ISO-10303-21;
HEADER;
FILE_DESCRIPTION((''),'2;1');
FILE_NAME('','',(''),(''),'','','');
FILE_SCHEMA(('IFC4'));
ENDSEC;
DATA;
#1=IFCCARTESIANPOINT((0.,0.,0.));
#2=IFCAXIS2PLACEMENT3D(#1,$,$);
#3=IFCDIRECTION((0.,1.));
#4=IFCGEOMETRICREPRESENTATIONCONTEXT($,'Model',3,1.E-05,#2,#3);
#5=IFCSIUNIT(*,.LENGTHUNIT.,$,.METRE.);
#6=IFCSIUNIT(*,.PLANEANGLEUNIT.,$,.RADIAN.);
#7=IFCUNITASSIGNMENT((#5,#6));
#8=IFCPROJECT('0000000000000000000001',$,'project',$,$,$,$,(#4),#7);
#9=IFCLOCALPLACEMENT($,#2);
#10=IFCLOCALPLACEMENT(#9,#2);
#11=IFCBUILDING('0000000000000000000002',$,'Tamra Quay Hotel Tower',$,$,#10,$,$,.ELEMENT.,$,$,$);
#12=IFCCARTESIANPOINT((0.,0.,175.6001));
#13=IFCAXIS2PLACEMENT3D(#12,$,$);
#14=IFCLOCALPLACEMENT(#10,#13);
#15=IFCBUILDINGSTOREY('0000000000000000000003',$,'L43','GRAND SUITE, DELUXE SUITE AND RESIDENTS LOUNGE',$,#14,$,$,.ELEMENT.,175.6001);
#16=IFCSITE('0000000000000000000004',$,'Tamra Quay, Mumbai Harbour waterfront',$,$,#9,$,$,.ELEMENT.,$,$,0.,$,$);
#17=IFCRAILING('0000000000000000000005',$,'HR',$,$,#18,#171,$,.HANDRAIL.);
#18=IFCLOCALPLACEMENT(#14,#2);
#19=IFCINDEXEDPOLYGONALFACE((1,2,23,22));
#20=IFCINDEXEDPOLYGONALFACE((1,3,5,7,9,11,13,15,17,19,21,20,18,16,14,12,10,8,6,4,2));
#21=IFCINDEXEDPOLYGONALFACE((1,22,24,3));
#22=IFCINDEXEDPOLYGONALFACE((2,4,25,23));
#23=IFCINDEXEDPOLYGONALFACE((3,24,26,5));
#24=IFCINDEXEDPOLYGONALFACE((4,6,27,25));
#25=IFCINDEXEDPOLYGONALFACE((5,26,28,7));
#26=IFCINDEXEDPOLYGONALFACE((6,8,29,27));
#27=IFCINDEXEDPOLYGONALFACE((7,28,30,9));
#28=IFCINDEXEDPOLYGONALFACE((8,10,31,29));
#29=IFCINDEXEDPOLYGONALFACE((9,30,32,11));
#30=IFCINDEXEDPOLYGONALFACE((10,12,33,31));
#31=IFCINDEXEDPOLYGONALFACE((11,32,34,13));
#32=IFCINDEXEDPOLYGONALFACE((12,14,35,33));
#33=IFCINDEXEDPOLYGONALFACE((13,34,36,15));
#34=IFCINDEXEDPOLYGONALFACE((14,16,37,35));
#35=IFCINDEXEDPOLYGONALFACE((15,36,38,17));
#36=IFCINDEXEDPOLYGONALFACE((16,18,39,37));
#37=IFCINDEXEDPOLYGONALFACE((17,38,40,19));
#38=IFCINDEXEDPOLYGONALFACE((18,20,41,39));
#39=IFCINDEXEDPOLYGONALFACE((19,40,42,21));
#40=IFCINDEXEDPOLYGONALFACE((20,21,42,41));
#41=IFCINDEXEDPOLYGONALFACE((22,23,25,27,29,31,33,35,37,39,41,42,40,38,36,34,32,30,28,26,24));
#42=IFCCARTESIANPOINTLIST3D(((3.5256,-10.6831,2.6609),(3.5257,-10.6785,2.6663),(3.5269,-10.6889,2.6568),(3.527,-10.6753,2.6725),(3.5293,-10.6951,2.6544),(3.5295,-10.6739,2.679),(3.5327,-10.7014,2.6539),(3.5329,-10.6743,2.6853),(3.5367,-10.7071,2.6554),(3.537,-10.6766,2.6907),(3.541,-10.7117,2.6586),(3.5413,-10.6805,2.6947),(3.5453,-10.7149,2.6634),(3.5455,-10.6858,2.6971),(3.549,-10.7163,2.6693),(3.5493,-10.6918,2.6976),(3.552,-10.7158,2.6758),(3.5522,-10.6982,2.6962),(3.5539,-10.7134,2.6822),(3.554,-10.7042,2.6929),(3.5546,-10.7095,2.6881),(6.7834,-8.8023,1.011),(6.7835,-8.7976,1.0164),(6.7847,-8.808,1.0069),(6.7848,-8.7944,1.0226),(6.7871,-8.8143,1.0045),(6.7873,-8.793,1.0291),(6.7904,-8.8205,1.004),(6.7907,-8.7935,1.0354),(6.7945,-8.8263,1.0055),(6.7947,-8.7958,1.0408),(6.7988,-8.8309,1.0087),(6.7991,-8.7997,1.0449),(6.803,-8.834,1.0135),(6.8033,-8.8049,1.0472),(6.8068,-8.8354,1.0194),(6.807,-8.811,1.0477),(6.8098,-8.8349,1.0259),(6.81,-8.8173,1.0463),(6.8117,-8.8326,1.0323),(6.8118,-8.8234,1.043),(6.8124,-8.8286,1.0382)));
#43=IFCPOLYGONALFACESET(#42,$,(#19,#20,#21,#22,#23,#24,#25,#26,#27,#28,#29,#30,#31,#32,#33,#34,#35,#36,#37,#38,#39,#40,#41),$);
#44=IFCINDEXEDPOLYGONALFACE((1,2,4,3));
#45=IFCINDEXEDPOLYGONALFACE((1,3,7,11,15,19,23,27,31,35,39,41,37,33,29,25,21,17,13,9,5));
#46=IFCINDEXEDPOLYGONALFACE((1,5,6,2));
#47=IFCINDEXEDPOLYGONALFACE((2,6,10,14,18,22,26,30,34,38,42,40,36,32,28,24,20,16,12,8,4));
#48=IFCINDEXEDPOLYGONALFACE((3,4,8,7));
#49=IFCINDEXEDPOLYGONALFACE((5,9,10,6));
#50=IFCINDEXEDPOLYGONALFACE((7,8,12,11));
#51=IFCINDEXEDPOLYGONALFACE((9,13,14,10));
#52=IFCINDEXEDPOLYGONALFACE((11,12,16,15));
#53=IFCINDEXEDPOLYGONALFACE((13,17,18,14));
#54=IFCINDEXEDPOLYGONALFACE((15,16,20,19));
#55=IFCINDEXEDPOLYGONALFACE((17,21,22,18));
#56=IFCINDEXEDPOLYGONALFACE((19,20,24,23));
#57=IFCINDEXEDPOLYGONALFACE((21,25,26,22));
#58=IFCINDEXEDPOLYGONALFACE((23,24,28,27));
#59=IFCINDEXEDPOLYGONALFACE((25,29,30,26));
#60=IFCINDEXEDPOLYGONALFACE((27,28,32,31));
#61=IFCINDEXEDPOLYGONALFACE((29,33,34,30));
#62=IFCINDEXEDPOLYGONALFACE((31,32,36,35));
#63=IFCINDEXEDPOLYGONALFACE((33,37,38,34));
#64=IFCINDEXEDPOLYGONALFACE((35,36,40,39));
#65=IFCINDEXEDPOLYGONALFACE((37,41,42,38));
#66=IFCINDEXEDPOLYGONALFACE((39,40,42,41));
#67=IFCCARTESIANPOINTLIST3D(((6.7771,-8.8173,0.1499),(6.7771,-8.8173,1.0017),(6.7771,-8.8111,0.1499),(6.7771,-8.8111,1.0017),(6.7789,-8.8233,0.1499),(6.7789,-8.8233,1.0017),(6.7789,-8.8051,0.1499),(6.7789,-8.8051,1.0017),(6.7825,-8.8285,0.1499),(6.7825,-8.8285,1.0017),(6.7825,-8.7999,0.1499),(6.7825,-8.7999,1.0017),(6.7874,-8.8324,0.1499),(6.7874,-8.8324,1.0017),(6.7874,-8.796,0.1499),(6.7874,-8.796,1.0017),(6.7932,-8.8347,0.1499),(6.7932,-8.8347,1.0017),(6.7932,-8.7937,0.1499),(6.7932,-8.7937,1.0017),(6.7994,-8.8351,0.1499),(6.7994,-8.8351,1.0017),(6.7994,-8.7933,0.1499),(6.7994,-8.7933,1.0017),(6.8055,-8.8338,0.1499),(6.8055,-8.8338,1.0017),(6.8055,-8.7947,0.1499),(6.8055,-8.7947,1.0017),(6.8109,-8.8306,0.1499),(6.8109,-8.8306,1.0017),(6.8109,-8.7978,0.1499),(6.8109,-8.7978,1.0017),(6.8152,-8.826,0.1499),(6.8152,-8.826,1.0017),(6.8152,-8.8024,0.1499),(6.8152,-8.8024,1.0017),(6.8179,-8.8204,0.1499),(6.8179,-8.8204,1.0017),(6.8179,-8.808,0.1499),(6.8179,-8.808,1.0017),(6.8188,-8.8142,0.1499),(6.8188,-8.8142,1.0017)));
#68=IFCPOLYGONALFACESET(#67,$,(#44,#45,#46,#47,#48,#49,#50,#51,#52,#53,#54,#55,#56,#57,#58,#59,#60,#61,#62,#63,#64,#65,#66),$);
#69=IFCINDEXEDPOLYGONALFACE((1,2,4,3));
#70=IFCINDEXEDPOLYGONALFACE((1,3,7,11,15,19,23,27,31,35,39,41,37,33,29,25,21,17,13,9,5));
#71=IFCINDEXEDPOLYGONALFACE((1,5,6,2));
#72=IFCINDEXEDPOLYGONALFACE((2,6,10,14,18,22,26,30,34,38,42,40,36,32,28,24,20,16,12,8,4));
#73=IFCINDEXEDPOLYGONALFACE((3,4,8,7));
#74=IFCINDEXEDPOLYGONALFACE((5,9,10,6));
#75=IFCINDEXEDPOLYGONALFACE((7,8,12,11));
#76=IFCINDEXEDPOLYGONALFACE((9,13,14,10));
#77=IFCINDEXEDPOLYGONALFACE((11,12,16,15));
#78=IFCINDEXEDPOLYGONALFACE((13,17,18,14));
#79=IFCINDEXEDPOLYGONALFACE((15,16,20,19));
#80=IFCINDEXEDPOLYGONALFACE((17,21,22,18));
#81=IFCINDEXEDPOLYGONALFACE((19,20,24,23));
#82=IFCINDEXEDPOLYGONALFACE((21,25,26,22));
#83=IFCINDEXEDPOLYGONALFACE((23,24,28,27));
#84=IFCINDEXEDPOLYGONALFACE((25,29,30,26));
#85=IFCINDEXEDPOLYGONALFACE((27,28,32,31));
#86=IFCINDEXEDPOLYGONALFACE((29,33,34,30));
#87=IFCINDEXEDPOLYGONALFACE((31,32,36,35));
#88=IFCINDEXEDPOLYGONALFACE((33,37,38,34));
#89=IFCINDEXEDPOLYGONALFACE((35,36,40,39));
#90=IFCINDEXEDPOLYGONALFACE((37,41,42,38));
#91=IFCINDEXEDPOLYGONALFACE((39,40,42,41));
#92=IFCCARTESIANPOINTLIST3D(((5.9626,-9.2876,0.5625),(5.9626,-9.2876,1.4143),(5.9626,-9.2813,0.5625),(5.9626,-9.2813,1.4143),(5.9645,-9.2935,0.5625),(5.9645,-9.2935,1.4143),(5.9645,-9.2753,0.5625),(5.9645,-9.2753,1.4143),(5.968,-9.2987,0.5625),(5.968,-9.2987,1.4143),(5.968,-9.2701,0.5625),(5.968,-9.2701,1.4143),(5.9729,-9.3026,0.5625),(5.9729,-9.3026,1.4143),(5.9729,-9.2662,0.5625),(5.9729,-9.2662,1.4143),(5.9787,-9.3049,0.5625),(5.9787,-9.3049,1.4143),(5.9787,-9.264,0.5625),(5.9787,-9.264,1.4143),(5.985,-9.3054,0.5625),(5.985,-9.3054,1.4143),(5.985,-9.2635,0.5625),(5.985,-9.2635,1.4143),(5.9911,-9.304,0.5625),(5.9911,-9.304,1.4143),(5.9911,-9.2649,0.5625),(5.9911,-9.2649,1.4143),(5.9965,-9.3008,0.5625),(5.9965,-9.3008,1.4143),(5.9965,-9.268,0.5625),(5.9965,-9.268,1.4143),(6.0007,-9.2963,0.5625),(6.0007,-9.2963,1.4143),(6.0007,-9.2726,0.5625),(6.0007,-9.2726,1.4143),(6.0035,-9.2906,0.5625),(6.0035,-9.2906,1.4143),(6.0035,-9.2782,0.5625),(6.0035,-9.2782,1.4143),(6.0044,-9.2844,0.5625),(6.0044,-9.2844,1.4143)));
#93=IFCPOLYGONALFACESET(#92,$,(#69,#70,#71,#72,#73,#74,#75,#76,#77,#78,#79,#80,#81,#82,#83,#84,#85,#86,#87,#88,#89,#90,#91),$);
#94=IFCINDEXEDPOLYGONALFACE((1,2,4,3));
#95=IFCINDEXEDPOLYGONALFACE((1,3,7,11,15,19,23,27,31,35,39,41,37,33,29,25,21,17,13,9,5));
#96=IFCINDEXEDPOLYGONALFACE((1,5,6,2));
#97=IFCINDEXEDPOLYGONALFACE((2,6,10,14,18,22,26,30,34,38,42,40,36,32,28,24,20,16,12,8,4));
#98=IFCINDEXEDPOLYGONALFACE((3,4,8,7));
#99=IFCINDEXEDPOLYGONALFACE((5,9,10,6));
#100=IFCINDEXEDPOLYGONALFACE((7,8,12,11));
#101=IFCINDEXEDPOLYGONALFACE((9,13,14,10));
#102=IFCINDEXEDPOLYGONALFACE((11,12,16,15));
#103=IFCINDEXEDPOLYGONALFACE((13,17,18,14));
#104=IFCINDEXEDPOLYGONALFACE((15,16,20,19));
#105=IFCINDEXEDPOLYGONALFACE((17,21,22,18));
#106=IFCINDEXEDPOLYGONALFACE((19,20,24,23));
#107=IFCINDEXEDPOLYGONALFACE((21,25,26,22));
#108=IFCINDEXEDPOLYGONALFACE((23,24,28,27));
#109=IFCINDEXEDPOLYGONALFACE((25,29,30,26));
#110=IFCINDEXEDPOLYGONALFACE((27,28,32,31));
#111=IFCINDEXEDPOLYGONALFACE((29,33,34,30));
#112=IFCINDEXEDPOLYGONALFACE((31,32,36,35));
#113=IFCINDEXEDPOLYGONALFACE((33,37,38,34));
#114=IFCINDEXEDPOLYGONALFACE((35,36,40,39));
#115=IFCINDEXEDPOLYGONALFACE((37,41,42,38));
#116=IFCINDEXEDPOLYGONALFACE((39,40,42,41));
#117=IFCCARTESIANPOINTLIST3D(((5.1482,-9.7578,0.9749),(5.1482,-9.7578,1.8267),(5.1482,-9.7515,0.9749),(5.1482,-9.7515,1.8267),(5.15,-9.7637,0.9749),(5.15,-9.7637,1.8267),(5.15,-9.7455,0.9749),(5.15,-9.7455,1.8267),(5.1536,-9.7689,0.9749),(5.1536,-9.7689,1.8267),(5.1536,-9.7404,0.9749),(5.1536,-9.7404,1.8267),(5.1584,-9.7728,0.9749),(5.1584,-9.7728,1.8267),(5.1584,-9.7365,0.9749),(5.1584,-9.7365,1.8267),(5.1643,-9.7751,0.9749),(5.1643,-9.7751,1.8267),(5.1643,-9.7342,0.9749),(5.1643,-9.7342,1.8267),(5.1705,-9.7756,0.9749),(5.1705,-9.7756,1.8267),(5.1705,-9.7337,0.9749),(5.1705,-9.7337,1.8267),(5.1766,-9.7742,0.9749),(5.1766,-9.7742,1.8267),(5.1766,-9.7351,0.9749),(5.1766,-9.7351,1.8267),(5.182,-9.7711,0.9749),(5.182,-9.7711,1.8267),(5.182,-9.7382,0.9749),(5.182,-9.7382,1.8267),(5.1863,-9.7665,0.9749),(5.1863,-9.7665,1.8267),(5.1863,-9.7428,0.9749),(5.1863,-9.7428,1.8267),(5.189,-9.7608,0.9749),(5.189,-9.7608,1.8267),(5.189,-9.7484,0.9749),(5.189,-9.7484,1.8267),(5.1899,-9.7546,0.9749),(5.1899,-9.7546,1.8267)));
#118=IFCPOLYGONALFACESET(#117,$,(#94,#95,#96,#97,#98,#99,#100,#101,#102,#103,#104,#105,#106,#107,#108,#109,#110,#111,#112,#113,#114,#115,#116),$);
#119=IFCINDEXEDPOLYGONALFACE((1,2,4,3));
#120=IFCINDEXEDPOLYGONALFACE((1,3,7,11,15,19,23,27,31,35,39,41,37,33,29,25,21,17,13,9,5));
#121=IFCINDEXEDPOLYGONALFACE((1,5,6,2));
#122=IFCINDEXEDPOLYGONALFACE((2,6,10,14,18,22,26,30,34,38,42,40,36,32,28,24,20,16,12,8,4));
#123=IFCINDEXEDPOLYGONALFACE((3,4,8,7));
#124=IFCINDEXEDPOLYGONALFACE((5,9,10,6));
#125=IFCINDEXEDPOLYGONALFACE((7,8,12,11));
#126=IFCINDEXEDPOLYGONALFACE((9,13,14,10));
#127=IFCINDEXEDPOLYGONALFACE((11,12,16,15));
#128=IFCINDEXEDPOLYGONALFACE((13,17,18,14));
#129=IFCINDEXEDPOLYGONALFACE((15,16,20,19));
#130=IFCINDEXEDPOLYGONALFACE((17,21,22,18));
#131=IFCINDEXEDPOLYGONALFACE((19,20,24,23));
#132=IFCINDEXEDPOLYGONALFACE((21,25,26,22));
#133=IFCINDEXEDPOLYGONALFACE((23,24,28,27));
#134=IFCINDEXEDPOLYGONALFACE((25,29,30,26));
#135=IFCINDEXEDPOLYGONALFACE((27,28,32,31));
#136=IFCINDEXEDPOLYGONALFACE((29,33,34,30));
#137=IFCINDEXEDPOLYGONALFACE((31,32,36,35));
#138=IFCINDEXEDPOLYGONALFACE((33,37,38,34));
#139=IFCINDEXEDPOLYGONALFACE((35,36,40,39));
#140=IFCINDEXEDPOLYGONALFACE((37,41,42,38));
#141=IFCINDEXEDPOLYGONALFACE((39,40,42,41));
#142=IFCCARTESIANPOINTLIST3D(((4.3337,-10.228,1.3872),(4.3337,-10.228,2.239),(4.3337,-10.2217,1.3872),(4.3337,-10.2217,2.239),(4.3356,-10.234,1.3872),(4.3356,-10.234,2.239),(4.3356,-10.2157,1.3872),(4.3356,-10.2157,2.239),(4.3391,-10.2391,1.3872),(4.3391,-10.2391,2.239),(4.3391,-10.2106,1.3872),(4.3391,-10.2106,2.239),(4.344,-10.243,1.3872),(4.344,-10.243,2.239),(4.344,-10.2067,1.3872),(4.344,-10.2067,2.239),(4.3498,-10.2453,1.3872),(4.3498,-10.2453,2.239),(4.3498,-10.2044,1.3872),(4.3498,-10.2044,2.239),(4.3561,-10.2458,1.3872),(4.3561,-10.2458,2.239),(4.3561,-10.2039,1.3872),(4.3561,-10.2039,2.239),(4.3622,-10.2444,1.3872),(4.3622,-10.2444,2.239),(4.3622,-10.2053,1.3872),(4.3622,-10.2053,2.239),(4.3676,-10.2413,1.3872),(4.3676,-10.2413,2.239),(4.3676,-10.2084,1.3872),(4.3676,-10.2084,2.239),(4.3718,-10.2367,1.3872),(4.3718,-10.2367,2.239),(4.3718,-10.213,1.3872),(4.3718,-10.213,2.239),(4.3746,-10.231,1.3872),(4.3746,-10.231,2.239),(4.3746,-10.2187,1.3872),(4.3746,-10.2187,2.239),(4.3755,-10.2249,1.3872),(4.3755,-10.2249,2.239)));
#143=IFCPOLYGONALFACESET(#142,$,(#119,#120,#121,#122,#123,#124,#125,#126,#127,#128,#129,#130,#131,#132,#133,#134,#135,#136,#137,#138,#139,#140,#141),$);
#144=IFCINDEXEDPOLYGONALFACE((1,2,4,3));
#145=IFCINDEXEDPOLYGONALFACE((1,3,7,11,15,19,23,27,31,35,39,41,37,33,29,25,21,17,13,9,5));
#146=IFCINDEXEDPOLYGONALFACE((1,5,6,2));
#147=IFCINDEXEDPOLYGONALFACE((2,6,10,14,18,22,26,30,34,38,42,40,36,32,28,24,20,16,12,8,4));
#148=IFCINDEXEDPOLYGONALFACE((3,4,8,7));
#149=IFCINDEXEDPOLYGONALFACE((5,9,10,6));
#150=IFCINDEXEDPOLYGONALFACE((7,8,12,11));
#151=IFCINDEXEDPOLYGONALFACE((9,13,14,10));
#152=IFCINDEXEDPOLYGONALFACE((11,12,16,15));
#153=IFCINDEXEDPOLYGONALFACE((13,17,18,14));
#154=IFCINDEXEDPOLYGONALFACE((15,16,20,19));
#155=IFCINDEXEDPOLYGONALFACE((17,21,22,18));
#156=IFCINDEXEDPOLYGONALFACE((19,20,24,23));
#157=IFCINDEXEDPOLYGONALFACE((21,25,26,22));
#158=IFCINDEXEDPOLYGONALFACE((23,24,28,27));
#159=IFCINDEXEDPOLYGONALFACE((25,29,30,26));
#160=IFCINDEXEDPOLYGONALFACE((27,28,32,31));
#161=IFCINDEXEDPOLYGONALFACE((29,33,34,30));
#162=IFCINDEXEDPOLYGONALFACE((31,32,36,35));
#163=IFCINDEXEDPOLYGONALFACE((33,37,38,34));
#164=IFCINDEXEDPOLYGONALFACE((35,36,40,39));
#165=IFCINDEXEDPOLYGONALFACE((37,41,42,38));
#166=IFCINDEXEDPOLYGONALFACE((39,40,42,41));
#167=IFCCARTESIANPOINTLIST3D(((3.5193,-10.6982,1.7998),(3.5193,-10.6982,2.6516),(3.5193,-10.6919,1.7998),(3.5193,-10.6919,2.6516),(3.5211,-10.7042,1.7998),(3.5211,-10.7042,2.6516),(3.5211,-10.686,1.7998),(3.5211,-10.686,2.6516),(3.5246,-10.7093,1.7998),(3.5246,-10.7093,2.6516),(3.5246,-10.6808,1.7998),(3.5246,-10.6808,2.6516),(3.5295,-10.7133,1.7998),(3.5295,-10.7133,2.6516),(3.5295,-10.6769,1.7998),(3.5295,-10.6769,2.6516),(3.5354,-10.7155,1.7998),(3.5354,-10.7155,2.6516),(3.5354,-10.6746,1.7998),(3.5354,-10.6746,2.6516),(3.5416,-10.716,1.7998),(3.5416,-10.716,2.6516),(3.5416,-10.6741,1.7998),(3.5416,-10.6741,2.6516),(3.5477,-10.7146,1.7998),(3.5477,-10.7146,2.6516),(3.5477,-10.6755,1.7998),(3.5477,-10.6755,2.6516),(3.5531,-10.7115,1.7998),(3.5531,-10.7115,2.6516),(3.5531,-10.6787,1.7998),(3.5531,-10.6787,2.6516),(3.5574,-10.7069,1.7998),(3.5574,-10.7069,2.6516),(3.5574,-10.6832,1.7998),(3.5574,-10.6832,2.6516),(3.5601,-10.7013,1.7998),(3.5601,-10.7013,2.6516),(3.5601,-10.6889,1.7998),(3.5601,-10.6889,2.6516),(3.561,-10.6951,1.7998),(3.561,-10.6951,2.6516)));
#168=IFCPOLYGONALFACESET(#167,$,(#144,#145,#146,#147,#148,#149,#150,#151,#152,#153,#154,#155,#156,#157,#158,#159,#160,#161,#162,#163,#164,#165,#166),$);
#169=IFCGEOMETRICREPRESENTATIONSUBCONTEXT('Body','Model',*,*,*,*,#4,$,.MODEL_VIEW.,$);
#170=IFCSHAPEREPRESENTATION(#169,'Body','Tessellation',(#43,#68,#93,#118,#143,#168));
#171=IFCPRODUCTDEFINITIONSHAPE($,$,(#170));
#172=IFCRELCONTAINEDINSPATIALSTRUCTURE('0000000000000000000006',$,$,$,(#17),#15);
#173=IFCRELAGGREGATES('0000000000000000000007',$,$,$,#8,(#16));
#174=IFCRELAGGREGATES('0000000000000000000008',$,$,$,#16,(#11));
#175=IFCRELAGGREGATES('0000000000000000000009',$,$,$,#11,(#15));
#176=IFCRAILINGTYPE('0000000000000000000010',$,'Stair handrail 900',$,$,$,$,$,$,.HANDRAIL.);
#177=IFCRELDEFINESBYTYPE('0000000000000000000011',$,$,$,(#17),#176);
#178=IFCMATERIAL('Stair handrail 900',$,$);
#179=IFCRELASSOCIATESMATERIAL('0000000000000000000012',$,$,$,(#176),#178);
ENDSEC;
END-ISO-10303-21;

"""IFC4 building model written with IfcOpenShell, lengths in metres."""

from ifc_helpers import new_model, si_unit, direction, frame, origin, origin_2d, place, context, subcontext, project, spatial, circle, extrude, material, type_object, element, save


model = new_model("IFC4")

# Units and contexts
model_context = context("Model", 3, precision=1e-05, world=origin(), true_north=direction((0.0, 1.0)))
body_context = subcontext(model_context, "Body", "Model", "MODEL_VIEW")
ifc_project = project(units=[si_unit("LENGTHUNIT", "METRE"), si_unit("PLANEANGLEUNIT", "RADIAN")], contexts=[model_context])

# Site, building, storey
site_placement = place(None, origin())
site = spatial("IfcSite", under=ifc_project, at=site_placement, Name="Tamra Quay, Mumbai Harbour waterfront", CompositionType="ELEMENT", RefElevation=0.0)
building_placement = place(site_placement, origin())
building = spatial("IfcBuilding", under=site, at=building_placement, Name="Tamra Quay Hotel Tower", CompositionType="ELEMENT")
storey_placement = place(building_placement, frame((0.0, 0.0, 175.6001)))
storey = spatial("IfcBuildingStorey", under=building, at=storey_placement, Name="L43", Description="GRAND SUITE, DELUXE SUITE AND RESIDENTS LOUNGE", CompositionType="ELEMENT", Elevation=175.6001)

# Railing
ifc_material_1 = material(Name="Stair handrail 900")
railing_type_1 = type_object("IfcRailingType", Name="Stair handrail 900", PredefinedType="HANDRAIL", material=ifc_material_1)
railing_1_placement = place(storey_placement, frame((6.7979, -8.8142, 0.1499)))
element("IfcRailing", 1, at=railing_1_placement, inside=storey, type_object=railing_type_1, Name="HR", PredefinedType="HANDRAIL", context=body_context, shape_type="SweptSolid", body=[
    extrude(circle(Radius=0.0239, at=origin_2d()), frame((0.0, 0.0, 0.876), z_axis=(-0.7931, -0.457887, 0.401661), x_axis=(0.499992, -0.86603, 0.0)), (0.0, 0.0, 1.0), 4.1077),
    extrude(circle(Radius=0.021, at=origin_2d()), origin(), (0.0, 0.0, 1.0), 0.8518),
    extrude(circle(Radius=0.021, at=origin_2d()), frame((-0.8145, -0.4702, 0.4126)), (0.0, 0.0, 1.0), 0.8518),
    extrude(circle(Radius=0.021, at=origin_2d()), frame((-1.6289, -0.9404, 0.825)), (0.0, 0.0, 1.0), 0.8518),
    extrude(circle(Radius=0.021, at=origin_2d()), frame((-2.4434, -1.4106, 1.2373)), (0.0, 0.0, 1.0), 0.8518),
    extrude(circle(Radius=0.021, at=origin_2d()), frame((-3.2578, -1.8809, 1.6499)), (0.0, 0.0, 1.0), 0.8518),
])

save(model, "model.ifc")
